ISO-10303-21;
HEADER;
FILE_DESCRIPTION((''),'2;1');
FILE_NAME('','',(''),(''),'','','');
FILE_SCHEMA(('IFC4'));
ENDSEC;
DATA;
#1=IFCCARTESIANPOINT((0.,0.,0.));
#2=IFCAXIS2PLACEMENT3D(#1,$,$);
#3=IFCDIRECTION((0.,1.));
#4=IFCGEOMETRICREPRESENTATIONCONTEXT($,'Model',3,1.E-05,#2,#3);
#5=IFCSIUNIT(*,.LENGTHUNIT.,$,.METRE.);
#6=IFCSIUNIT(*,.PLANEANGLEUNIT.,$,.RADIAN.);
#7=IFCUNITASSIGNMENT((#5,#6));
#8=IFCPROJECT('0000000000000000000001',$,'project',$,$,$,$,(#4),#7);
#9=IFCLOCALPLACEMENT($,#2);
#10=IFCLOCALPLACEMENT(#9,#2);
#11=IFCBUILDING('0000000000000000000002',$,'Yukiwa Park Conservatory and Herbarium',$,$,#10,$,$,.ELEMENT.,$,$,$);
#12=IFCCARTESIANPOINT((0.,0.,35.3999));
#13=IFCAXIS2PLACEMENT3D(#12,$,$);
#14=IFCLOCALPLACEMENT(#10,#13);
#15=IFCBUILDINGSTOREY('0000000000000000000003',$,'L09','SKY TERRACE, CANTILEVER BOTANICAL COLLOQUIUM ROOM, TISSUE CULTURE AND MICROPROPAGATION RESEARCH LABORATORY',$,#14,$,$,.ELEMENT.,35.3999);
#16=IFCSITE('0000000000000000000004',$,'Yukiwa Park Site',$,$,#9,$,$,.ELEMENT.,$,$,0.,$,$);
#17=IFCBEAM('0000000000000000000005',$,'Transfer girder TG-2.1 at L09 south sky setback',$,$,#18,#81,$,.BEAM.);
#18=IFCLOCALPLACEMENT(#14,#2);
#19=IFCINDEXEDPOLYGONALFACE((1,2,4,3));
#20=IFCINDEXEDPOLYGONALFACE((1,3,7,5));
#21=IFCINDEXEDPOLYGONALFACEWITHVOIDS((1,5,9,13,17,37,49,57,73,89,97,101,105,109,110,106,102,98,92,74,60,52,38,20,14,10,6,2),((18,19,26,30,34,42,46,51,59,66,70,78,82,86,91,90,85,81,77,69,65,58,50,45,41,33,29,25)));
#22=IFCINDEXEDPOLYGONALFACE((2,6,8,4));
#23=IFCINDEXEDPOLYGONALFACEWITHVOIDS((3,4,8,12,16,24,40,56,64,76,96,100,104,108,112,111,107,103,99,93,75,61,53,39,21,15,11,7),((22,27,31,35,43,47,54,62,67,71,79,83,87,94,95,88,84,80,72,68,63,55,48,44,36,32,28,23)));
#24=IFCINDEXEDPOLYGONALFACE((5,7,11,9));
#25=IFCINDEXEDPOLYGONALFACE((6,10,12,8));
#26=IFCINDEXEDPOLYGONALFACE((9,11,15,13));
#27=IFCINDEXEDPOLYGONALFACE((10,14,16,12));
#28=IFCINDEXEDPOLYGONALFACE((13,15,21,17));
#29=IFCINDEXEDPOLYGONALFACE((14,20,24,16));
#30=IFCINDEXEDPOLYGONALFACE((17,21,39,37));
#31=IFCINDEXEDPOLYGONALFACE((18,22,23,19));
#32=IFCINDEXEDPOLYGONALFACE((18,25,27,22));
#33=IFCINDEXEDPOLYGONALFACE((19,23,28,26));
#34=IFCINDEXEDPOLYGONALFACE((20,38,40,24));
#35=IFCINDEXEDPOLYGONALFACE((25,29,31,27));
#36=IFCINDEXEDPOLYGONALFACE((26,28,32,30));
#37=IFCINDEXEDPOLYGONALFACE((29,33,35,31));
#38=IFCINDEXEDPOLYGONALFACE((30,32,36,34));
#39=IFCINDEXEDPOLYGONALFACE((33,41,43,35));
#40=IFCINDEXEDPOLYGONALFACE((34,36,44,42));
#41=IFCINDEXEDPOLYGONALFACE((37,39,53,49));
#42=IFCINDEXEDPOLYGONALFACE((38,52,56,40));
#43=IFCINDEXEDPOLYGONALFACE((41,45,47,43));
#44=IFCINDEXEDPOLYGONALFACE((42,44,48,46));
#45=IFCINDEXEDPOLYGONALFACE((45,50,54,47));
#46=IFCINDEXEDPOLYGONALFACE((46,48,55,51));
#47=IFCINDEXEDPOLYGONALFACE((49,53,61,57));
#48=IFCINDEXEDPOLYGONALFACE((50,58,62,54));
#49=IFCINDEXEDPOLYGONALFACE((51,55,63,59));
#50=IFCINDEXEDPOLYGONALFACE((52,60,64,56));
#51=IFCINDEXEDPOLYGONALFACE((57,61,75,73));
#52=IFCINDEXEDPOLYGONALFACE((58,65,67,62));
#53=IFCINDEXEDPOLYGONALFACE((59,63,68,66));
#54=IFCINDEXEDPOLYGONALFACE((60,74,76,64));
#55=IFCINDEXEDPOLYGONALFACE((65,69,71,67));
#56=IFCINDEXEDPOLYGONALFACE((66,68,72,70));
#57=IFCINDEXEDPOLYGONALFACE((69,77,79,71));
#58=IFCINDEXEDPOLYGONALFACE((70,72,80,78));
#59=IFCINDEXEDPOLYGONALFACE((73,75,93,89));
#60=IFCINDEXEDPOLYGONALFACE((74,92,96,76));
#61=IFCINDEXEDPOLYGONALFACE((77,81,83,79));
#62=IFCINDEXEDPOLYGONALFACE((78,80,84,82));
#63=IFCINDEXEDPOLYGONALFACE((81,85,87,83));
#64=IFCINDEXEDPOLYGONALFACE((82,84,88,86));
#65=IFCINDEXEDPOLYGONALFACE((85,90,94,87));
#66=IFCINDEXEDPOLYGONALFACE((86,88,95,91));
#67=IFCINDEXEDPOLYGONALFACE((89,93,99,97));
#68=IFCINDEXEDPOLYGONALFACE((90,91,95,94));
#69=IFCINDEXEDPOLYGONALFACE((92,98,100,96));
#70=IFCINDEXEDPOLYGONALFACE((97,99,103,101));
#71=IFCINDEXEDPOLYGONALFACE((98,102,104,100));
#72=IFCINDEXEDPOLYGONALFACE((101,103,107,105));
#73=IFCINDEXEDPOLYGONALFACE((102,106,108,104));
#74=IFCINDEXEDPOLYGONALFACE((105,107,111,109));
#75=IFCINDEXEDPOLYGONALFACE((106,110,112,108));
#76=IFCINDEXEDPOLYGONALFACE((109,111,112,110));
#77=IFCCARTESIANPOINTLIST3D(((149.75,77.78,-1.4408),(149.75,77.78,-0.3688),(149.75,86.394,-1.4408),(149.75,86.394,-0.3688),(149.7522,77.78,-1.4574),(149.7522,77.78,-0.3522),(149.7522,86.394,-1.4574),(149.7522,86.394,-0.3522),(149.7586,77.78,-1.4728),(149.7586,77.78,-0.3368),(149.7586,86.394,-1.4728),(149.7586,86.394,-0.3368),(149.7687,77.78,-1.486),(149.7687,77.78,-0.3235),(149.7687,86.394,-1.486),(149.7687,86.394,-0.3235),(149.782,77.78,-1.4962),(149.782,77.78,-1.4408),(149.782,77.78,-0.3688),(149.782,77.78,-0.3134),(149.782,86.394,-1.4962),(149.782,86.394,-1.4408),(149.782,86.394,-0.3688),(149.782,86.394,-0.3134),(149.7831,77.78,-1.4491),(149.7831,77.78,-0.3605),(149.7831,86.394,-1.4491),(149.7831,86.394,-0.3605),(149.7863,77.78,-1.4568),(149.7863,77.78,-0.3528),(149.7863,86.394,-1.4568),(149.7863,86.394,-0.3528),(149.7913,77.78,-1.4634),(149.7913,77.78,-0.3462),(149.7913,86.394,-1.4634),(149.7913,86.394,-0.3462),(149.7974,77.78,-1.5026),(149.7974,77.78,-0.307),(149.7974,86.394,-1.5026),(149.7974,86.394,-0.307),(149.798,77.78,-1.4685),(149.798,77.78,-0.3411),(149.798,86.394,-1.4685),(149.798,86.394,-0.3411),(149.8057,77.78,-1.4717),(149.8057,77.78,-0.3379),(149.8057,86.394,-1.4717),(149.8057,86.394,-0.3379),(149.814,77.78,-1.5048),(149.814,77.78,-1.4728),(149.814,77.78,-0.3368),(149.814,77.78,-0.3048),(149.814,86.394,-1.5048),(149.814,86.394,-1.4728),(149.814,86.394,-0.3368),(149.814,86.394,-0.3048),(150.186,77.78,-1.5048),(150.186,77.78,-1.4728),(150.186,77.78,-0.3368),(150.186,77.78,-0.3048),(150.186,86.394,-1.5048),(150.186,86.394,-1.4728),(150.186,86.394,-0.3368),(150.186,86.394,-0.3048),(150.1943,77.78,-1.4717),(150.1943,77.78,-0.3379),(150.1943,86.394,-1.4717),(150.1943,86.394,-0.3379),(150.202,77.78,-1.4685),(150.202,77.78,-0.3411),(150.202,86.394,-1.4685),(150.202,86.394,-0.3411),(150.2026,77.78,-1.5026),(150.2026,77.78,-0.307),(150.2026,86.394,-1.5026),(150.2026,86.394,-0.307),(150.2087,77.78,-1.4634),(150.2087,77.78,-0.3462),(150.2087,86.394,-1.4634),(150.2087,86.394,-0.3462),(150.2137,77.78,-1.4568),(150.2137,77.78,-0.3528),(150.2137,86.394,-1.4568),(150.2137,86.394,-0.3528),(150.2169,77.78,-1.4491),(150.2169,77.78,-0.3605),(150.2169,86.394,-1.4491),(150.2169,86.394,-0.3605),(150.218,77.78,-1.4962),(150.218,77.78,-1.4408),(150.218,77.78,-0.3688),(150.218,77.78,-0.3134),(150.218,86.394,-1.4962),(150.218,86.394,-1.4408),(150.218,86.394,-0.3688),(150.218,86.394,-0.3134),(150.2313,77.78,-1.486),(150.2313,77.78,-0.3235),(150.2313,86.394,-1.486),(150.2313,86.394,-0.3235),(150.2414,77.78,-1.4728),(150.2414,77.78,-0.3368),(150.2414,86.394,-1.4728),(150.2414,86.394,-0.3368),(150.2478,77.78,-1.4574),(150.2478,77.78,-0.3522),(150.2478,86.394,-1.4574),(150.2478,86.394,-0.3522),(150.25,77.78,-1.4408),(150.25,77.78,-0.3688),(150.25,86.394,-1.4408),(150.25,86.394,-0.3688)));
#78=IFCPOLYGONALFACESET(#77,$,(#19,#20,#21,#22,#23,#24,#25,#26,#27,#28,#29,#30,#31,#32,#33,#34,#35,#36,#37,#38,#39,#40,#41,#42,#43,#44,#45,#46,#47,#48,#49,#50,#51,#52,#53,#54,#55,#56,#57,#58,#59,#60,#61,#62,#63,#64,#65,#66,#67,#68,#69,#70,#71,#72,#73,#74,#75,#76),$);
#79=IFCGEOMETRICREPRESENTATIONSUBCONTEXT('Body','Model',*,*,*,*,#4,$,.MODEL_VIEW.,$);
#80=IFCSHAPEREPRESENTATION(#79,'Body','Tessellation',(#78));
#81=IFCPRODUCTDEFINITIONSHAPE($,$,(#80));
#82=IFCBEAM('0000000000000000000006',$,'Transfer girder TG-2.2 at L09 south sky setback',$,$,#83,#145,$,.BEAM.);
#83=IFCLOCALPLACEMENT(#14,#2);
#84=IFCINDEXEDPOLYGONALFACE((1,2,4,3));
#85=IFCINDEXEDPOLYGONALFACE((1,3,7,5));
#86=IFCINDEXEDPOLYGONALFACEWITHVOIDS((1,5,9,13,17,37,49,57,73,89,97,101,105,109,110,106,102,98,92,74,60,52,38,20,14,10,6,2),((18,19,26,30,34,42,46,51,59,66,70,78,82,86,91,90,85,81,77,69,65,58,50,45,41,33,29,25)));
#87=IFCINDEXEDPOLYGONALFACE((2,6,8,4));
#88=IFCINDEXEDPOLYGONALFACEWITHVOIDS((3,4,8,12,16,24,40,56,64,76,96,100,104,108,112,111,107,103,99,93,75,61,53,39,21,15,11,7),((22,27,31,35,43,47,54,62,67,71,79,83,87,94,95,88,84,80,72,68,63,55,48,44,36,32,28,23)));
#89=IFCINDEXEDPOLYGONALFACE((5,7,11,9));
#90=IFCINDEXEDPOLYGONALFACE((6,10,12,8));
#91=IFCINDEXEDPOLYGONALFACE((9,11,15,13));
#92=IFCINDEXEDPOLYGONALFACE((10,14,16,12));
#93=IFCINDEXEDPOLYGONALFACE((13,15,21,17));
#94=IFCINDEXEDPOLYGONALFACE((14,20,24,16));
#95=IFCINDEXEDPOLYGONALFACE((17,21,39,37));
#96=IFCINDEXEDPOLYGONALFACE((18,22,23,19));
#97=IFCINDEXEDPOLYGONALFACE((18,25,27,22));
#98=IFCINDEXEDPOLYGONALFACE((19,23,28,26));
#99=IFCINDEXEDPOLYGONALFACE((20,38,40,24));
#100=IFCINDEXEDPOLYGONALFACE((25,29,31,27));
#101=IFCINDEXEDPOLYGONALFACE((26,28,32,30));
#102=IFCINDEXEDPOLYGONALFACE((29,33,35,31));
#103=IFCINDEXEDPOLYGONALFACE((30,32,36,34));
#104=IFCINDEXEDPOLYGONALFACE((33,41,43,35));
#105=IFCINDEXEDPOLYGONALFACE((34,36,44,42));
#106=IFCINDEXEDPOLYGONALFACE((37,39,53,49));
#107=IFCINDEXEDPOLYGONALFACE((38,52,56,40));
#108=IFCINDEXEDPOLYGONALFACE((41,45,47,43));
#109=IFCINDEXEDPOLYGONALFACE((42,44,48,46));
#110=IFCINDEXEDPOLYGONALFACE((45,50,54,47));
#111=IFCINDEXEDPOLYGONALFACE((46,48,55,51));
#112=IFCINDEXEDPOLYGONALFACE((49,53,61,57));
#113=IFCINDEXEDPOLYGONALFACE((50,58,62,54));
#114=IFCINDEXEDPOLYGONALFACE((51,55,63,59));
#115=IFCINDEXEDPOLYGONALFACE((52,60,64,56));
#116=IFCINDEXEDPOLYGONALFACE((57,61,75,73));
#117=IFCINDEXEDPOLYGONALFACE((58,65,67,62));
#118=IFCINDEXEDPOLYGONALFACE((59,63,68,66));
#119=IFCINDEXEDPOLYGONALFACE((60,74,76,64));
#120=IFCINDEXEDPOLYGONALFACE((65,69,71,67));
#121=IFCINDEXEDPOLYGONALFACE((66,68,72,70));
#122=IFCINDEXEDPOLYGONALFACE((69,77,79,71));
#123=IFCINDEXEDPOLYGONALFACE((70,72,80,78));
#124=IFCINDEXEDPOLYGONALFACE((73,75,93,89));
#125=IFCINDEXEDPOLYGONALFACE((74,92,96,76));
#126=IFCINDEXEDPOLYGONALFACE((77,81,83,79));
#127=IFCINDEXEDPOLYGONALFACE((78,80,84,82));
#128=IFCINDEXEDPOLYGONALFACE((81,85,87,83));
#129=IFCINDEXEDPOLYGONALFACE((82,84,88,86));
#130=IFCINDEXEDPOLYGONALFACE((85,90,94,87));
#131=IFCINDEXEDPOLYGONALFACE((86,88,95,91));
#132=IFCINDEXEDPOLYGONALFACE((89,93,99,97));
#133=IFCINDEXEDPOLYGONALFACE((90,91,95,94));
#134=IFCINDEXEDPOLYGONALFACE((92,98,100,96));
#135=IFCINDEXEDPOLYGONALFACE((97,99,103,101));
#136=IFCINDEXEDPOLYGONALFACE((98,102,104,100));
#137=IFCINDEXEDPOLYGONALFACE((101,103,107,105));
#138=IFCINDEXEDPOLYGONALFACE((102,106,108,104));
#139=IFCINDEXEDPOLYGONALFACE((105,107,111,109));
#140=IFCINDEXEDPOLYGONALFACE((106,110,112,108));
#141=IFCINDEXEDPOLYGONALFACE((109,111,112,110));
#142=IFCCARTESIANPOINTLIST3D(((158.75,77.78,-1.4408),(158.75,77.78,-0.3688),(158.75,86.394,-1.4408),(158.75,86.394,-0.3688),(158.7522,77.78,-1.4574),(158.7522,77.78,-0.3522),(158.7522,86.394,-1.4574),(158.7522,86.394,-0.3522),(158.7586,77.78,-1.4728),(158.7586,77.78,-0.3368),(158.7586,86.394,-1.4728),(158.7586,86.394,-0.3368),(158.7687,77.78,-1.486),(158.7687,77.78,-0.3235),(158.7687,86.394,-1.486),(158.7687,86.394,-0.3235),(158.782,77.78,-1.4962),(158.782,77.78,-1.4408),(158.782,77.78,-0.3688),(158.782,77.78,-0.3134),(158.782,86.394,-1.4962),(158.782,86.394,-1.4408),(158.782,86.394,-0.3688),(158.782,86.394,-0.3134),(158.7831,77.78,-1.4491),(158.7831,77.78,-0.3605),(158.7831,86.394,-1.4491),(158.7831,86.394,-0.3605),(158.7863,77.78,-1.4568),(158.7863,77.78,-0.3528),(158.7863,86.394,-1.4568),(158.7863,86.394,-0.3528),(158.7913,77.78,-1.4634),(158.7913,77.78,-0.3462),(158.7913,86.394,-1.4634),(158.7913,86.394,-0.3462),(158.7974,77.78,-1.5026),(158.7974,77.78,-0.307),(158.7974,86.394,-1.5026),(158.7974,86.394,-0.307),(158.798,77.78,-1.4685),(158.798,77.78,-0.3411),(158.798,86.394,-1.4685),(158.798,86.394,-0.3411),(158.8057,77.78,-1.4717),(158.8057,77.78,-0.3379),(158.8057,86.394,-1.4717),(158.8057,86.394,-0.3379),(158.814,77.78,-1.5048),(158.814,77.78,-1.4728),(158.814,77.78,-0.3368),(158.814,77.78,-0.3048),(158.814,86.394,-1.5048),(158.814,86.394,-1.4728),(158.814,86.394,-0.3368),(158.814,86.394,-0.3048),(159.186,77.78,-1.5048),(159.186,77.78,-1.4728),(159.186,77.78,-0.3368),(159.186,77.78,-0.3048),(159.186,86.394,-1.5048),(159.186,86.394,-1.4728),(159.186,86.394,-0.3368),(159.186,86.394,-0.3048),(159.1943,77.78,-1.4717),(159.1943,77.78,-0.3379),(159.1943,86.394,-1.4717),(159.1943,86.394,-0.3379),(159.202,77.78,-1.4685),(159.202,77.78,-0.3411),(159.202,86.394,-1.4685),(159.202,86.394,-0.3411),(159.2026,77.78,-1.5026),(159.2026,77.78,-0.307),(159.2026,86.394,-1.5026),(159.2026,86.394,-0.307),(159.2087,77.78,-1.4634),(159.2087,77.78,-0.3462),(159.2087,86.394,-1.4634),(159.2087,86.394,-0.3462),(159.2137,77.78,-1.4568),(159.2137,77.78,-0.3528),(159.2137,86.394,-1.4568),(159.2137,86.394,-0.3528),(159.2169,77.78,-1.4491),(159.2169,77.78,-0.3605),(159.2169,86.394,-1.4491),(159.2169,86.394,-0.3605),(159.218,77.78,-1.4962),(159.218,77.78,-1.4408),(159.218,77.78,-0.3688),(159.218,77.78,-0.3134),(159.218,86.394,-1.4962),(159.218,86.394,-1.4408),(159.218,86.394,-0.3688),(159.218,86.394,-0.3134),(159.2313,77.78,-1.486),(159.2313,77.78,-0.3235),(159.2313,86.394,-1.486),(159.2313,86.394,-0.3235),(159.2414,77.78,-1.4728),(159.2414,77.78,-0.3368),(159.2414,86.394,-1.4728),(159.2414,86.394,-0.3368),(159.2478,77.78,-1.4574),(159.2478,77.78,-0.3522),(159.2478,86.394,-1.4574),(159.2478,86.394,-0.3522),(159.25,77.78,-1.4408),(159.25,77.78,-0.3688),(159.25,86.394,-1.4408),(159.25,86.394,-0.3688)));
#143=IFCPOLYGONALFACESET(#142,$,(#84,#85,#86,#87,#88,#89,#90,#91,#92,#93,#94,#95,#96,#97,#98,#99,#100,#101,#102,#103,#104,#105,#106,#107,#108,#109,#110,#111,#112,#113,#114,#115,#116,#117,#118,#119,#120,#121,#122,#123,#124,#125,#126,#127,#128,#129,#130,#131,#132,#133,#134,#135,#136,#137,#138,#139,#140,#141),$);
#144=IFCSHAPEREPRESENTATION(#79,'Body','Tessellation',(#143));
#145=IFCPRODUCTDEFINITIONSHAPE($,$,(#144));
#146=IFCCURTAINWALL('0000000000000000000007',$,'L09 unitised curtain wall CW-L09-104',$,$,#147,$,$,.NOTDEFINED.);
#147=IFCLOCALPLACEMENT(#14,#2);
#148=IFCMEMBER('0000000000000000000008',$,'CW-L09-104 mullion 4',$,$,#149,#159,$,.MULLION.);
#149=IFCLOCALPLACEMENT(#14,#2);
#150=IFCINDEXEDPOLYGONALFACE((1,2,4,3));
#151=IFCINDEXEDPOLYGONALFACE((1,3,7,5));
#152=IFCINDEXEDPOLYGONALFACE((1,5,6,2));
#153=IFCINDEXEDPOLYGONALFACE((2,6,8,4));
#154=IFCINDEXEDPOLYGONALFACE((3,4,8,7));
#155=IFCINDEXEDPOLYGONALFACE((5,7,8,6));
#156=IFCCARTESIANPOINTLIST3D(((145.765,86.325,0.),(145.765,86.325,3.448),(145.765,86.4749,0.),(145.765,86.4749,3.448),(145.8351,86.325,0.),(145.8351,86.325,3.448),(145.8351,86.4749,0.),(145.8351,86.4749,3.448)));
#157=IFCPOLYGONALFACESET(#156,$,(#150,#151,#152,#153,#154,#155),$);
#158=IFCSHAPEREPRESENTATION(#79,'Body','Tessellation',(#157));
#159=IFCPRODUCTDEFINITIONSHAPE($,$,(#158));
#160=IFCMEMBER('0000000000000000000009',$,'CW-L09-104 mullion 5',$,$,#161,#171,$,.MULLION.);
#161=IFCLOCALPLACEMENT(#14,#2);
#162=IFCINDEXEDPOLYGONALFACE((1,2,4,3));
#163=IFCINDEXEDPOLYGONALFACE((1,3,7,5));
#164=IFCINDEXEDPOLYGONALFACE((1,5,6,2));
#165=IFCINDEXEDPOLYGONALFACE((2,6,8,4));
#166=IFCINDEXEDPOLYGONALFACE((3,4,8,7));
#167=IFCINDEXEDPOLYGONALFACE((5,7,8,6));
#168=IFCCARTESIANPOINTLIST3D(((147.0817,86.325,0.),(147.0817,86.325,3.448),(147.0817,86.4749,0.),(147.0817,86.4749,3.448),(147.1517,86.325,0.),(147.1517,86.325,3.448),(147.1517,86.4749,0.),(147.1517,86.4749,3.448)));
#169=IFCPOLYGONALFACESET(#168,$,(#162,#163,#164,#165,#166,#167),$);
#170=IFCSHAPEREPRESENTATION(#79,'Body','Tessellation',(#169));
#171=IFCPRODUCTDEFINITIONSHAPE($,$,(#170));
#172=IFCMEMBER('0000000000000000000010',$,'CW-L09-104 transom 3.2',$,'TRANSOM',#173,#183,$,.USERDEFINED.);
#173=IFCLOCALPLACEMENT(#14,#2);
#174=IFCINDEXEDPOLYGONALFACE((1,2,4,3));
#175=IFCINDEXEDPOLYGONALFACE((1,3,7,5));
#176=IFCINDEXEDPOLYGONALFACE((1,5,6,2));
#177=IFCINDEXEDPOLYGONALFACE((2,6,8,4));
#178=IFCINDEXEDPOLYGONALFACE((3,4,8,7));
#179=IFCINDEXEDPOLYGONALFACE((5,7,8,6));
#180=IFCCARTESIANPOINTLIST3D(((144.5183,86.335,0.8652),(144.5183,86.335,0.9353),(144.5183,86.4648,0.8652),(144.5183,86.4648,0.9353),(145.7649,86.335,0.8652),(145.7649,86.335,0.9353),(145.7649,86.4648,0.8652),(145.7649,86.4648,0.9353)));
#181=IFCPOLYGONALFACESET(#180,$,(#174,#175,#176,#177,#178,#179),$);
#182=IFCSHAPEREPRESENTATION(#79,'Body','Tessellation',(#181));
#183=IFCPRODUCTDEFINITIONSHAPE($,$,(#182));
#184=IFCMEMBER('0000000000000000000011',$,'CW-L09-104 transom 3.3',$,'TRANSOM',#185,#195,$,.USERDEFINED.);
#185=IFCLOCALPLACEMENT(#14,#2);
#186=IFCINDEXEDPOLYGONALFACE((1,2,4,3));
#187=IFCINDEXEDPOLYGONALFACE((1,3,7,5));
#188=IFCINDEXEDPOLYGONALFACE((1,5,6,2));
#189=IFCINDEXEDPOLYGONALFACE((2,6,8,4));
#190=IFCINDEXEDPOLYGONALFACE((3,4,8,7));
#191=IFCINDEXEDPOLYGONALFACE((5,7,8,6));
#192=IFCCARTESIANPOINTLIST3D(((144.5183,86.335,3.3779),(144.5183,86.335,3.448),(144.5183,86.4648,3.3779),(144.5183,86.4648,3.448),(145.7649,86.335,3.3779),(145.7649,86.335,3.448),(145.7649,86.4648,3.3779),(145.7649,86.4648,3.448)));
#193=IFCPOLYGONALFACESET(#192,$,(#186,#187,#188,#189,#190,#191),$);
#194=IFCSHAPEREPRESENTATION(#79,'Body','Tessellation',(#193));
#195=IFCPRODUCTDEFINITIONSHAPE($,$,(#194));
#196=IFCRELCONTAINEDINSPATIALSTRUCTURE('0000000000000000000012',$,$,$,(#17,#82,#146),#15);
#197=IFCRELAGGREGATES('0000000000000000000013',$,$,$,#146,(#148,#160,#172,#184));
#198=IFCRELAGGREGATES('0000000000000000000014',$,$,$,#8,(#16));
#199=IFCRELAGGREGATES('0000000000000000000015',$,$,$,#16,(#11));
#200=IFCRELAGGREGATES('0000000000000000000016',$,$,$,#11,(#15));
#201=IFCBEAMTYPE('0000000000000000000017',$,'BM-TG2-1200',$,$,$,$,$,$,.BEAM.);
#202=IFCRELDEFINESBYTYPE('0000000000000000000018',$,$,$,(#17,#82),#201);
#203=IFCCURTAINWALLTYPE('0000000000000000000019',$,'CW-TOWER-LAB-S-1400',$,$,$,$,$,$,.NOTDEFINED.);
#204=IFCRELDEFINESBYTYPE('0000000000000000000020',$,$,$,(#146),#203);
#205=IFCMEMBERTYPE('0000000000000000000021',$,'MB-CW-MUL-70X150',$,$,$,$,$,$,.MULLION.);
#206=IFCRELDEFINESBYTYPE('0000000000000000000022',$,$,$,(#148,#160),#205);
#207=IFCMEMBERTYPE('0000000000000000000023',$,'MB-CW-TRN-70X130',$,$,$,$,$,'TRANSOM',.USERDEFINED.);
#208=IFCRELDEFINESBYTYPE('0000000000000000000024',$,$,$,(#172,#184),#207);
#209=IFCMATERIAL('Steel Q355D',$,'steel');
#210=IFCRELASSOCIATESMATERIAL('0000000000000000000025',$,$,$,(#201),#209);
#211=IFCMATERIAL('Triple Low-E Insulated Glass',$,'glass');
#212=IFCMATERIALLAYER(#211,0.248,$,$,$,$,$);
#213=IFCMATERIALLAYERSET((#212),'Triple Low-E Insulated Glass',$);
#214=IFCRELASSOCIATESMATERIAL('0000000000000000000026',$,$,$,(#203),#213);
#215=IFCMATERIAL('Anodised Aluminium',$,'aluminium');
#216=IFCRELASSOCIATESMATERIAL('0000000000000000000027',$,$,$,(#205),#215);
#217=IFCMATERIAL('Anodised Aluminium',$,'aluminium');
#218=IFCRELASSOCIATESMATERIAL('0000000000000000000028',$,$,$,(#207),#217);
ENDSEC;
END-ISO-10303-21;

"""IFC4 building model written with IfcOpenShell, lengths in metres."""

from ifc_helpers import new_model, si_unit, direction, frame, origin, origin_2d, place, context, subcontext, project, spatial, rectangle, hollow_rectangle, extrude, material, layer, layer_set, material_profile, profile_set, type_object, element, aggregate, save


model = new_model("IFC4")

# Units and contexts
model_context = context("Model", 3, precision=1e-05, world=origin(), true_north=direction((0.0, 1.0)))
body_context = subcontext(model_context, "Body", "Model", "MODEL_VIEW")
ifc_project = project(units=[si_unit("LENGTHUNIT", "METRE"), si_unit("PLANEANGLEUNIT", "RADIAN")], contexts=[model_context])

# Site, building, storey
site_placement = place(None, origin())
site = spatial("IfcSite", under=ifc_project, at=site_placement, Name="Yukiwa Park Site", CompositionType="ELEMENT", RefElevation=0.0)
building_placement = place(site_placement, origin())
building = spatial("IfcBuilding", under=site, at=building_placement, Name="Yukiwa Park Conservatory and Herbarium", CompositionType="ELEMENT")
storey_placement = place(building_placement, frame((0.0, 0.0, 35.3999)))
storey = spatial("IfcBuildingStorey", under=building, at=storey_placement, Name="L09", Description="SKY TERRACE, CANTILEVER BOTANICAL COLLOQUIUM ROOM, TISSUE CULTURE AND MICROPROPAGATION RESEARCH LABORATORY", CompositionType="ELEMENT", Elevation=35.3999)

# Beams
ifc_material_1 = material(Name="Steel Q355D", Category="steel")
ifc_material_profile_1 = material_profile(ifc_material_1, hollow_rectangle(XDim=0.5, YDim=1.2, WallThickness=0.032, InnerFilletRadius=0.032, OuterFilletRadius=0.064, at=origin_2d()), Name="BOX 1200x500x32")
ifc_profile_set_1 = profile_set([ifc_material_profile_1], Name="Steel Q355D")
beam_type_1 = type_object("IfcBeamType", Name="BM-TG2-1200", PredefinedType="BEAM", material=ifc_profile_set_1)
for number, where, z_axis, x_axis, name in (
    (1, (150.0, 77.78, -0.9048), (0.0, 1.0, 0.0), (-1.0, 0.0, 0.0), "Transfer girder TG-2.1 at L09 south sky setback"),
    (2, (159.0, 77.78, -0.9048), (0.0, 1.0, 0.0), (-1.0, 0.0, 0.0), "Transfer girder TG-2.2 at L09 south sky setback"),
):
    element("IfcBeam", number, at=place(storey_placement, frame(where, z_axis=z_axis, x_axis=x_axis)), inside=storey, type_object=beam_type_1, Name=name, PredefinedType="BEAM", context=body_context, shape_type="SweptSolid", body=[
        extrude(hollow_rectangle(XDim=0.5, YDim=1.2, WallThickness=0.032, InnerFilletRadius=0.032, OuterFilletRadius=0.064, at=origin_2d()), origin(), (0.0, 0.0, 1.0), 8.614),
    ])

# Curtain wall, members
ifc_material_2 = material(Name="Triple Low-E Insulated Glass", Category="glass")
ifc_layer_1 = layer(ifc_material_2, 0.248)
ifc_layer_set_1 = layer_set([ifc_layer_1], Name="Triple Low-E Insulated Glass")
curtain_wall_type = type_object("IfcCurtainWallType", Name="CW-TOWER-LAB-S-1400", PredefinedType="NOTDEFINED", material=ifc_layer_set_1)
curtain_wall_placement = place(storey_placement, origin())
curtain_wall = element("IfcCurtainWall", 3, at=curtain_wall_placement, inside=storey, type_object=curtain_wall_type, Name="L09 unitised curtain wall CW-L09-104", PredefinedType="NOTDEFINED")
ifc_material_3 = material(Name="Anodised Aluminium", Category="aluminium")
member_type_1 = type_object("IfcMemberType", Name="MB-CW-MUL-70X150", PredefinedType="MULLION", material=ifc_material_3)
member_1_placement = place(storey_placement, frame((145.8, 86.3999, 0.0), z_axis=(0.0, 0.0, 1.0), x_axis=(1.0, 0.0, 0.0)))
member_1 = element("IfcMember", 4, at=member_1_placement, type_object=member_type_1, Name="CW-L09-104 mullion 4", PredefinedType="MULLION", context=body_context, shape_type="SweptSolid", body=[
    extrude(rectangle(XDim=0.0701, YDim=0.1499, at=origin_2d()), origin(), (0.0, 0.0, 1.0), 3.448),
])
member_2_placement = place(storey_placement, frame((147.1167, 86.3999, 0.0), z_axis=(0.0, 0.0, 1.0), x_axis=(1.0, 0.0, 0.0)))
member_2 = element("IfcMember", 5, at=member_2_placement, type_object=member_type_1, Name="CW-L09-104 mullion 5", PredefinedType="MULLION", context=body_context, shape_type="SweptSolid", body=[
    extrude(rectangle(XDim=0.0701, YDim=0.1499, at=origin_2d()), origin(), (0.0, 0.0, 1.0), 3.448),
])
ifc_material_4 = material(Name="Anodised Aluminium", Category="aluminium")
member_type_2 = type_object("IfcMemberType", Name="MB-CW-TRN-70X130", ElementType="TRANSOM", PredefinedType="USERDEFINED", material=ifc_material_4)
member_3_placement = place(storey_placement, frame((145.1416, 86.3999, 0.8652), z_axis=(0.0, 0.0, 1.0), x_axis=(1.0, 0.0, 0.0)))
member_3 = element("IfcMember", 6, at=member_3_placement, type_object=member_type_2, Name="CW-L09-104 transom 3.2", ObjectType="TRANSOM", PredefinedType="USERDEFINED", context=body_context, shape_type="SweptSolid", body=[
    extrude(rectangle(XDim=1.2466, YDim=0.1299, at=origin_2d()), origin(), (0.0, 0.0, 1.0), 0.0701),
])
member_4_placement = place(storey_placement, frame((145.1416, 86.3999, 3.3779), z_axis=(0.0, 0.0, 1.0), x_axis=(1.0, 0.0, 0.0)))
member_4 = element("IfcMember", 7, at=member_4_placement, type_object=member_type_2, Name="CW-L09-104 transom 3.3", ObjectType="TRANSOM", PredefinedType="USERDEFINED", context=body_context, shape_type="SweptSolid", body=[
    extrude(rectangle(XDim=1.2466, YDim=0.1299, at=origin_2d()), origin(), (0.0, 0.0, 1.0), 0.0701),
])

aggregate(curtain_wall, [member_1, member_2, member_3, member_4])

save(model, "model.ifc")
